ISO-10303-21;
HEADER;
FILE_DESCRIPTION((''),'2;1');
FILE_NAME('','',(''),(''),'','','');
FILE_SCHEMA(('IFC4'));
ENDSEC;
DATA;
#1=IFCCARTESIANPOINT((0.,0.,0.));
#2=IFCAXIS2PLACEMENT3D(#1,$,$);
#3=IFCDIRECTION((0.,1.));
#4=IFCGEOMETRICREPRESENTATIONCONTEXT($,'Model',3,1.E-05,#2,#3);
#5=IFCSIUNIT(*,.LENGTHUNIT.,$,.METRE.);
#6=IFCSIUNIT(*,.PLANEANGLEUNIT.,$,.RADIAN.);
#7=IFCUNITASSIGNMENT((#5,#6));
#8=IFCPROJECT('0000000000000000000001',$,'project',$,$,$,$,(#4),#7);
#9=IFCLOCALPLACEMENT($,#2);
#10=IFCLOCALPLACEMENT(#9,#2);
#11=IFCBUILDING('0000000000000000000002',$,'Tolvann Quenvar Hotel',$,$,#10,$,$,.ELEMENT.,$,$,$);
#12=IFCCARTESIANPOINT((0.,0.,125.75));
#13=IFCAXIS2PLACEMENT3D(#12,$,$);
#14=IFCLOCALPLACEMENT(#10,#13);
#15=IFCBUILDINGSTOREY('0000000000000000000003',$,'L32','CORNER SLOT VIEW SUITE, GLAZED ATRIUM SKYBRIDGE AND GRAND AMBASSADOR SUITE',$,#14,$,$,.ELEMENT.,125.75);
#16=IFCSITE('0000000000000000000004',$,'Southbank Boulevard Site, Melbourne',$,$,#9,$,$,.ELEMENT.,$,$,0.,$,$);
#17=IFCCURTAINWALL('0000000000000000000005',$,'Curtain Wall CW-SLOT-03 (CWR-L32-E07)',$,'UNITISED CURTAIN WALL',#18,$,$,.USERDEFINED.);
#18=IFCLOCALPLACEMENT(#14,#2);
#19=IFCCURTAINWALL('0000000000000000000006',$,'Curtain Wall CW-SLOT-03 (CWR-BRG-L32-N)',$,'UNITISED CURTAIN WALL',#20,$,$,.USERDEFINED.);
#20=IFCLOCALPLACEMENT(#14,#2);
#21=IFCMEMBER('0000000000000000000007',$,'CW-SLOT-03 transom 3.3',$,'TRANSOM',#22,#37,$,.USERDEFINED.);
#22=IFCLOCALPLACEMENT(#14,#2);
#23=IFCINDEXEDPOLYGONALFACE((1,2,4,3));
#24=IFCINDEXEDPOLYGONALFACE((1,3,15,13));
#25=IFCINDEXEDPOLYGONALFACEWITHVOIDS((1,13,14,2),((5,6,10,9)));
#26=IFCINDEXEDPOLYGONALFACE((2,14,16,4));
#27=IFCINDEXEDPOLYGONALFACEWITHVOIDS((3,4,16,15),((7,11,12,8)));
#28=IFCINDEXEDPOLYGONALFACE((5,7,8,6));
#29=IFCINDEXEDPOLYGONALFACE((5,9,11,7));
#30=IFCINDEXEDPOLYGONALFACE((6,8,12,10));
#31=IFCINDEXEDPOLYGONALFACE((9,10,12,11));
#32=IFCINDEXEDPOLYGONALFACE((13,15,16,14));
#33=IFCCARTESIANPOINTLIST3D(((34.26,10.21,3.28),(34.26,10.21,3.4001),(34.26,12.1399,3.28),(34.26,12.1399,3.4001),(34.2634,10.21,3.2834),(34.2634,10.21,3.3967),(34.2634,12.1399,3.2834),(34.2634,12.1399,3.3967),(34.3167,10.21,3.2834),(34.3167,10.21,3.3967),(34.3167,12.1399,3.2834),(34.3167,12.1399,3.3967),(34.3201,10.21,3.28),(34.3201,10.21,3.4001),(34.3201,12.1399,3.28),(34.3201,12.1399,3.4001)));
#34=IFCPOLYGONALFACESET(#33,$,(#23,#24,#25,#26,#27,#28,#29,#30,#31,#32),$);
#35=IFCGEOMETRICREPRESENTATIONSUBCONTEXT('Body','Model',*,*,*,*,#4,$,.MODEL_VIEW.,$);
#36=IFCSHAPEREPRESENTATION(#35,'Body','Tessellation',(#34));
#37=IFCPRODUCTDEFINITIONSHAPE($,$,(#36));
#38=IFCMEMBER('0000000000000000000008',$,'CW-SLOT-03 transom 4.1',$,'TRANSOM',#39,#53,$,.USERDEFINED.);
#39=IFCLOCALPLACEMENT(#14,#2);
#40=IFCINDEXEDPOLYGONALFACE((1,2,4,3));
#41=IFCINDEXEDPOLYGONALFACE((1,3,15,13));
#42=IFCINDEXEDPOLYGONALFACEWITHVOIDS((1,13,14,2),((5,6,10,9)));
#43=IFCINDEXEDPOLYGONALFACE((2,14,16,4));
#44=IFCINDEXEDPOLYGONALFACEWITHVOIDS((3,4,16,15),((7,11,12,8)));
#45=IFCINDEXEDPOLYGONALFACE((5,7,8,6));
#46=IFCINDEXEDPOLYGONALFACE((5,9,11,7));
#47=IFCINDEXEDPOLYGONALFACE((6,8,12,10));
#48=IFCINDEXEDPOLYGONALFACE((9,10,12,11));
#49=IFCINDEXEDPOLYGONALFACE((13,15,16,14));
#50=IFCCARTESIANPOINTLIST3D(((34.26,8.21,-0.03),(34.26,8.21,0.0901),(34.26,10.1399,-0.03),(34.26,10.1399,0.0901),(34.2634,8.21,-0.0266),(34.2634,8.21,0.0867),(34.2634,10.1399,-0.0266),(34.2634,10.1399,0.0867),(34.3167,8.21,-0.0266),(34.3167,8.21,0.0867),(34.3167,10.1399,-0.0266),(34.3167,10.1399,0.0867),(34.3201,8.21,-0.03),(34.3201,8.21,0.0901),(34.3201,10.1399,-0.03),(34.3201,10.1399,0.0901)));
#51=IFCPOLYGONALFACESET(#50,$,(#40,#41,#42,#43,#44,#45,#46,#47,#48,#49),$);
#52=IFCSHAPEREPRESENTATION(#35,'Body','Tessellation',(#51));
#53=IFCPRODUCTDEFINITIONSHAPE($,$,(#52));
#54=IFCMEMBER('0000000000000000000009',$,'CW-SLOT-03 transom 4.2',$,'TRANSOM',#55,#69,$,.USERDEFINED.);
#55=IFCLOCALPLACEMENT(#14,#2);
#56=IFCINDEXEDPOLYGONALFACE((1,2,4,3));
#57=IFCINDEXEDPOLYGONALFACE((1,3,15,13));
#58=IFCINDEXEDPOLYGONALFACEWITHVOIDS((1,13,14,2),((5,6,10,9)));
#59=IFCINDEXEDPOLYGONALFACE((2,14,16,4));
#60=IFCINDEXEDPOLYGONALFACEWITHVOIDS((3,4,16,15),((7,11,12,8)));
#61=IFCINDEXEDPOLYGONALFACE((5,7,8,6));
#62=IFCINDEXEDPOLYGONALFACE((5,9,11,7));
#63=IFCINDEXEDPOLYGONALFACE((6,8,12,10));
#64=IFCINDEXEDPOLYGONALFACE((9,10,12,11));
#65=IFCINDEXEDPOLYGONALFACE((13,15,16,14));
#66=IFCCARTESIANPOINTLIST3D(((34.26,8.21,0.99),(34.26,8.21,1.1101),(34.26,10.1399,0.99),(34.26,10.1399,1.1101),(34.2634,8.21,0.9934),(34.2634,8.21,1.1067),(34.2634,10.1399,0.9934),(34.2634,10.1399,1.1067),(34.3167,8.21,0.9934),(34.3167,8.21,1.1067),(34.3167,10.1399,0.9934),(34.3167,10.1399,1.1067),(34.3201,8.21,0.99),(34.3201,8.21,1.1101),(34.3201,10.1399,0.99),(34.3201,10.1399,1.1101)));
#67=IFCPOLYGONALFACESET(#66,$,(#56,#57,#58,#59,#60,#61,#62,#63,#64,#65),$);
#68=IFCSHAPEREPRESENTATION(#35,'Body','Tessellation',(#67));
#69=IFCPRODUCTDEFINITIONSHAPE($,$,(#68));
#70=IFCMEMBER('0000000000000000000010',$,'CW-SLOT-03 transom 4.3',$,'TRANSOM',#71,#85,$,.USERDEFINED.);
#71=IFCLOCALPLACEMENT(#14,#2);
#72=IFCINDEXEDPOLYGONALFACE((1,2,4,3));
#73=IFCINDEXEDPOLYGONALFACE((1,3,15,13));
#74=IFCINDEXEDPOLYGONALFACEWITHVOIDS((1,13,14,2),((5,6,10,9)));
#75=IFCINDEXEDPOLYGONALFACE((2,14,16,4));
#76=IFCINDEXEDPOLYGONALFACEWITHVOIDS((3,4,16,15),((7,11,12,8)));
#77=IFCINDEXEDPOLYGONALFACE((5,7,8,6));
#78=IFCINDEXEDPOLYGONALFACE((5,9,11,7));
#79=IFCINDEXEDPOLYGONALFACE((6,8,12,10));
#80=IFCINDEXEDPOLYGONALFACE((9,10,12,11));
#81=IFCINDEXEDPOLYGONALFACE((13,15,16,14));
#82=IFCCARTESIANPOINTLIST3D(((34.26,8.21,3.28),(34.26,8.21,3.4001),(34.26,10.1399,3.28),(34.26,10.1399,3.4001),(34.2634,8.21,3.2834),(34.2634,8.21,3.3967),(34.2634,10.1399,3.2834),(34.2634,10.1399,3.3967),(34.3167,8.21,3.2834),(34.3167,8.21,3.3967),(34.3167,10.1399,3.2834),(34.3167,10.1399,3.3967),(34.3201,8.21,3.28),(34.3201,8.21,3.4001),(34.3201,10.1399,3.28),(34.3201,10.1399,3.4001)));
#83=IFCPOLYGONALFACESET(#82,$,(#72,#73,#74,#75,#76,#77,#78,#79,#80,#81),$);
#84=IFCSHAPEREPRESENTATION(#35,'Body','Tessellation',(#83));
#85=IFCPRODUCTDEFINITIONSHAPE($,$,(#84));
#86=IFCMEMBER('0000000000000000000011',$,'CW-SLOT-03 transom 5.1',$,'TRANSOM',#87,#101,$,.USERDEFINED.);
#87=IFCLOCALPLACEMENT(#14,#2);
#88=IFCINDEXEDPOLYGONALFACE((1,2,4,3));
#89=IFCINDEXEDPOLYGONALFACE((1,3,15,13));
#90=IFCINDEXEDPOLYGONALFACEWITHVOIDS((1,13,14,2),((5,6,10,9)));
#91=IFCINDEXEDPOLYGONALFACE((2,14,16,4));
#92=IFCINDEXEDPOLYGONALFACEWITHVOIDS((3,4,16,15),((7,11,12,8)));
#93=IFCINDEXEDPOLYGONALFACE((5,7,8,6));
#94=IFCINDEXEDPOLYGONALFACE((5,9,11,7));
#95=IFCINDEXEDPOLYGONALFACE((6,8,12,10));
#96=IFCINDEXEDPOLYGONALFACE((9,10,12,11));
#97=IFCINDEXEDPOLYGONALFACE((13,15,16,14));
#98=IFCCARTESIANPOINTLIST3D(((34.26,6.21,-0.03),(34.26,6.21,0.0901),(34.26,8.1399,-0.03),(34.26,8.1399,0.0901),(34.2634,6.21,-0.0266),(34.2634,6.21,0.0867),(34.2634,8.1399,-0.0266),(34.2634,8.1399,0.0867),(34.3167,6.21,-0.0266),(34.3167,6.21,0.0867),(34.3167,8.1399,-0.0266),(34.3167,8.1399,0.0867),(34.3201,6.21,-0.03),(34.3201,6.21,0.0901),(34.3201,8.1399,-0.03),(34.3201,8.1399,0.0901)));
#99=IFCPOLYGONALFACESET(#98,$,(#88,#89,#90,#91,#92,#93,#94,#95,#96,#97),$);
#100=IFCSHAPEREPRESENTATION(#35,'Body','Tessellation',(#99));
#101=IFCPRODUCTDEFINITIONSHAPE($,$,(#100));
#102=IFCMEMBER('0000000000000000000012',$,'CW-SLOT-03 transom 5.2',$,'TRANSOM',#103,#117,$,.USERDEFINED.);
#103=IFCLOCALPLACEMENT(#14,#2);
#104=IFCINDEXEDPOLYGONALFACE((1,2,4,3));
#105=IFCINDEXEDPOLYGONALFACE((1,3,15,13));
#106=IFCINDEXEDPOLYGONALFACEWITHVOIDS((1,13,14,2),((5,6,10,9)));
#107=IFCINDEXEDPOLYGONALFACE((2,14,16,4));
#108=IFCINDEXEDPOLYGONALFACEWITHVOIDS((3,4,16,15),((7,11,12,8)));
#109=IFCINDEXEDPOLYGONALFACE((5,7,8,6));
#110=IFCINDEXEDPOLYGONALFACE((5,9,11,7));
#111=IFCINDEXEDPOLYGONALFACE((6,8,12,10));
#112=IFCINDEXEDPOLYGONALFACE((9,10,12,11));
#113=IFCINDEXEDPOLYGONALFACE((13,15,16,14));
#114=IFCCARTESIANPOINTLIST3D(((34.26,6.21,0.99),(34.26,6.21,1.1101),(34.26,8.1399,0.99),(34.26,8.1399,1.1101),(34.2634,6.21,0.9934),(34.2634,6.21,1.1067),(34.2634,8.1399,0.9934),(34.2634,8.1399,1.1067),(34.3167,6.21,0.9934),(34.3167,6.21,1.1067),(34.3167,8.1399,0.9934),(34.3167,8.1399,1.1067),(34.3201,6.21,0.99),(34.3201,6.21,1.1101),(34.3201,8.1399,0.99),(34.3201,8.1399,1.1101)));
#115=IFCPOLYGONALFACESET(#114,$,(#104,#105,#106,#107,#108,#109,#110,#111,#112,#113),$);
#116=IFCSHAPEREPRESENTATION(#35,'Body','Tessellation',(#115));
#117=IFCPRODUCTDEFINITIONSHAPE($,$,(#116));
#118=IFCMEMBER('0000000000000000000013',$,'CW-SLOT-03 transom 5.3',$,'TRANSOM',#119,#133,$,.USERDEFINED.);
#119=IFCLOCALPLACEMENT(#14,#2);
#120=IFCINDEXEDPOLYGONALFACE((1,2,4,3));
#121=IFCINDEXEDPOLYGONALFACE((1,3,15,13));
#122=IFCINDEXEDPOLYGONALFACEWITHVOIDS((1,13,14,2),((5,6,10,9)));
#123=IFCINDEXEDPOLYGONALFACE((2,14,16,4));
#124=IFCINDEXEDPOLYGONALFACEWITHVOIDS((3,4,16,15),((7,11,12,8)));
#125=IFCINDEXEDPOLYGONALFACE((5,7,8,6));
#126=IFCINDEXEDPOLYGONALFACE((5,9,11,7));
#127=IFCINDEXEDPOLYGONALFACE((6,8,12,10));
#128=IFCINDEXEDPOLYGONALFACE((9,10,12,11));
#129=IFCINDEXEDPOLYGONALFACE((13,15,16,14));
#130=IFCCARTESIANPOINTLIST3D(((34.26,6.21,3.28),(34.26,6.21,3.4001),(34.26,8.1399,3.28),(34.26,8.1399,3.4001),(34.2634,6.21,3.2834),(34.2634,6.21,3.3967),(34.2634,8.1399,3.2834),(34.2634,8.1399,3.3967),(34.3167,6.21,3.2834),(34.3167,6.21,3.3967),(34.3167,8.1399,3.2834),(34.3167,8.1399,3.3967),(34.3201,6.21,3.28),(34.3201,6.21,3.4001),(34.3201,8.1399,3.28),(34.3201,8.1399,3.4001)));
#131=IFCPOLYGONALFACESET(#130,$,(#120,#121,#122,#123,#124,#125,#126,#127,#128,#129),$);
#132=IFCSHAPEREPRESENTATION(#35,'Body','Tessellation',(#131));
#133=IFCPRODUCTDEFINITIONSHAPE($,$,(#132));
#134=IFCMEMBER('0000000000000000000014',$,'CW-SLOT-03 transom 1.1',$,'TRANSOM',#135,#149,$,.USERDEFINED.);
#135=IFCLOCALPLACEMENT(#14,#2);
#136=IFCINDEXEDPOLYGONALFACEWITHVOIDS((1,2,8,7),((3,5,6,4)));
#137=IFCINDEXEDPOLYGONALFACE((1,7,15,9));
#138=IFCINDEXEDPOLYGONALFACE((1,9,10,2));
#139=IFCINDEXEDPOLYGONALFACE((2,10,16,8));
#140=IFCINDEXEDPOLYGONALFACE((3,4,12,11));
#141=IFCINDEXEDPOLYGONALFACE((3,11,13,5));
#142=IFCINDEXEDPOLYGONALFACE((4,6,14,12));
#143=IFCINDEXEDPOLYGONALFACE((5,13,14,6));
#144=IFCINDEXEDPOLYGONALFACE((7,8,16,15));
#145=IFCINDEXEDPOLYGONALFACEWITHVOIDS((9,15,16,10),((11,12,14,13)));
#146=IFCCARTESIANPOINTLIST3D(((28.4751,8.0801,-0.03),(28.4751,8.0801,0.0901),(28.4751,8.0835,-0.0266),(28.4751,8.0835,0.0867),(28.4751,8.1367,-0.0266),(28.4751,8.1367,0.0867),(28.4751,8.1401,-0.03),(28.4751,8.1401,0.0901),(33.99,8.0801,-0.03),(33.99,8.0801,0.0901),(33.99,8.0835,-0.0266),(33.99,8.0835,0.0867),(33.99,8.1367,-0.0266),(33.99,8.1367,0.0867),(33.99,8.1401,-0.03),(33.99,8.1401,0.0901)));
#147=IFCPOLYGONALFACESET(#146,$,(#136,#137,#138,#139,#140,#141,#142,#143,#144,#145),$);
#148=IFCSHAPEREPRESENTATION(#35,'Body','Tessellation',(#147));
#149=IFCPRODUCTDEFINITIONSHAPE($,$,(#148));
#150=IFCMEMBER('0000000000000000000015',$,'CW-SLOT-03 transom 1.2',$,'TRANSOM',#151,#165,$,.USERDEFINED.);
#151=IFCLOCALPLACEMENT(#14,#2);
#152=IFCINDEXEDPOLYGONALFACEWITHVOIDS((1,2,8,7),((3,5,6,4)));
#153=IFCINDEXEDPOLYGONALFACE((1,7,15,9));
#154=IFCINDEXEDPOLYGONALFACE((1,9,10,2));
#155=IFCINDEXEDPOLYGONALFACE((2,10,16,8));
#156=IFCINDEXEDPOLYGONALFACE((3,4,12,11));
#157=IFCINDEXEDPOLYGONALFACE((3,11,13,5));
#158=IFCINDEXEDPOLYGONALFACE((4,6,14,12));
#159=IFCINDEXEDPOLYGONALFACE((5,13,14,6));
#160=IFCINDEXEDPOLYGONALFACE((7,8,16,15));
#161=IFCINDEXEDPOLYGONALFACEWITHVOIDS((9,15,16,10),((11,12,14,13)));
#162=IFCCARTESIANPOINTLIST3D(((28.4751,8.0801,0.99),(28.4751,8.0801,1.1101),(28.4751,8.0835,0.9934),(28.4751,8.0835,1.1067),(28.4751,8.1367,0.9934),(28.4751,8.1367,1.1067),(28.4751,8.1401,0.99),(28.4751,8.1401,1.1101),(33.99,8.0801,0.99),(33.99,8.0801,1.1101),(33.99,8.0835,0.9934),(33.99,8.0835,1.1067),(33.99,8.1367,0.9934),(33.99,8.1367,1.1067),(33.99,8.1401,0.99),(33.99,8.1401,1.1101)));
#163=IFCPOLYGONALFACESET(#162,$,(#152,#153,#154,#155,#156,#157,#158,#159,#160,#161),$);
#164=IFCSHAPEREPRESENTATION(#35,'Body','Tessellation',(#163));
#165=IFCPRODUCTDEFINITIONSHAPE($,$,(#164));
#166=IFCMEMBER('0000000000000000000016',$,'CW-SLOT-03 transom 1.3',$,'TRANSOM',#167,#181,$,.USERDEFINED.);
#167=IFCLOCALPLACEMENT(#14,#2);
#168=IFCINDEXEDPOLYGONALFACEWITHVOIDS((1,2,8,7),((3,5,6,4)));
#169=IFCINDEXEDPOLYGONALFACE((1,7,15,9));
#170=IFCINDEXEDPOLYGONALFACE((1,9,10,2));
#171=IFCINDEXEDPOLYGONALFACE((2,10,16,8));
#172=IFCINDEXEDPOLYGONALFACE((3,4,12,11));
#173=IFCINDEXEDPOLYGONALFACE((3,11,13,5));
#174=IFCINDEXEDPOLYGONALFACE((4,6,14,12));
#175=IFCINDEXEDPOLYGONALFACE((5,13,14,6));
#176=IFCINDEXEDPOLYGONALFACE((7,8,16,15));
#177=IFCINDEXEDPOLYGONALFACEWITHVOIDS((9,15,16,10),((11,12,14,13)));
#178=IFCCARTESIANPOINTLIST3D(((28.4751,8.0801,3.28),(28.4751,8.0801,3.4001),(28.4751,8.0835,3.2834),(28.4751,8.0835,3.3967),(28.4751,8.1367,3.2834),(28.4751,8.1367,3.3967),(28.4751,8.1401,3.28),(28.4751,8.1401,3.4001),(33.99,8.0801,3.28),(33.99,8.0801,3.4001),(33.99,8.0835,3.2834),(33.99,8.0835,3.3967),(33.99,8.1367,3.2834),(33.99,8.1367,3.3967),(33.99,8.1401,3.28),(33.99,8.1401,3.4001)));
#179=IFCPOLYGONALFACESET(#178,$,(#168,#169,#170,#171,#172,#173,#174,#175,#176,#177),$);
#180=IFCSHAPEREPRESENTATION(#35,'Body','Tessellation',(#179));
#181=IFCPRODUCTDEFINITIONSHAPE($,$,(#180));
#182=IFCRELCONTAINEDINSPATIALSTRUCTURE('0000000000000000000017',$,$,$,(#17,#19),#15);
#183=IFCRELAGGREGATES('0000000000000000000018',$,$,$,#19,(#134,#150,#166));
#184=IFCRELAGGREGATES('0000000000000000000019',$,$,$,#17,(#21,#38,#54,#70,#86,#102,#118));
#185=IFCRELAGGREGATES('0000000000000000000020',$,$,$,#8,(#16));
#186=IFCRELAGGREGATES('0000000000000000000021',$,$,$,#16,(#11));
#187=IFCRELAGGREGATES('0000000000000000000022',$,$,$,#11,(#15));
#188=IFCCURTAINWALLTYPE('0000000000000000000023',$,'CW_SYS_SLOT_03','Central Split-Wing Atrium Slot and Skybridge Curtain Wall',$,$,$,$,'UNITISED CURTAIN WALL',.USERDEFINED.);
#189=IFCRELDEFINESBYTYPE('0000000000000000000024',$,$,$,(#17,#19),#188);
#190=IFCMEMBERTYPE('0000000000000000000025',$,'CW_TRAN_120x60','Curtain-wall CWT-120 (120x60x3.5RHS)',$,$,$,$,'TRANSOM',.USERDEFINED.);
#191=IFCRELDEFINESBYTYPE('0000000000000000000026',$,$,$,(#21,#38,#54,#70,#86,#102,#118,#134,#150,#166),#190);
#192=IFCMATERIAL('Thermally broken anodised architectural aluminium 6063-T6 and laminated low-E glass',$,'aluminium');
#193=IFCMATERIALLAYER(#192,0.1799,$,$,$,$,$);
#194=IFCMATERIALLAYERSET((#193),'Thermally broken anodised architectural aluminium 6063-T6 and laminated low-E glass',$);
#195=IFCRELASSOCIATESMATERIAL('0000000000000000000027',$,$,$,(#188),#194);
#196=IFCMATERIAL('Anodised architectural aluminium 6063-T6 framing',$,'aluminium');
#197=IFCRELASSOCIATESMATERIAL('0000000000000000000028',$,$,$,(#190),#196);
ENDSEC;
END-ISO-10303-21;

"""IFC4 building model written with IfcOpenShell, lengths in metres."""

from ifc_helpers import new_model, si_unit, direction, frame, origin, origin_2d, place, context, subcontext, project, spatial, hollow_rectangle, extrude, source, transform, mapped, material, layer, layer_set, material_profile, profile_set, type_object, type_shapes, element, aggregate, save


model = new_model("IFC4")

# Units and contexts
model_context = context("Model", 3, precision=1e-05, world=origin(), true_north=direction((0.0, 1.0)))
body_context = subcontext(model_context, "Body", "Model", "MODEL_VIEW")
ifc_project = project(units=[si_unit("LENGTHUNIT", "METRE"), si_unit("PLANEANGLEUNIT", "RADIAN")], contexts=[model_context])

# Site, building, storey
site_placement = place(None, origin())
site = spatial("IfcSite", under=ifc_project, at=site_placement, Name="Southbank Boulevard Site, Melbourne", CompositionType="ELEMENT", RefElevation=0.0)
building_placement = place(site_placement, origin())
building = spatial("IfcBuilding", under=site, at=building_placement, Name="Tolvann Quenvar Hotel", CompositionType="ELEMENT")
storey_placement = place(building_placement, frame((0.0, 0.0, 125.75)))
storey = spatial("IfcBuildingStorey", under=building, at=storey_placement, Name="L32", Description="CORNER SLOT VIEW SUITE, GLAZED ATRIUM SKYBRIDGE AND GRAND AMBASSADOR SUITE", CompositionType="ELEMENT", Elevation=125.75)

# Curtain wall
ifc_material_1 = material(Name="Thermally broken anodised architectural aluminium 6063-T6 and laminated low-E glass", Category="aluminium")
ifc_layer_1 = layer(ifc_material_1, 0.1799)
ifc_layer_set_1 = layer_set([ifc_layer_1], Name="Thermally broken anodised architectural aluminium 6063-T6 and laminated low-E glass")
curtain_wall_type = type_object("IfcCurtainWallType", Name="CW_SYS_SLOT_03", Description="Central Split-Wing Atrium Slot and Skybridge Curtain Wall", ElementType="UNITISED CURTAIN WALL", PredefinedType="USERDEFINED", material=ifc_layer_set_1)
curtain_wall_1_placement = place(storey_placement, origin())
curtain_wall_1 = element("IfcCurtainWall", 1, at=curtain_wall_1_placement, inside=storey, type_object=curtain_wall_type, Name="Curtain Wall CW-SLOT-03 (CWR-L32-E07)", ObjectType="UNITISED CURTAIN WALL", PredefinedType="USERDEFINED")
ifc_material_2 = material(Name="Anodised architectural aluminium 6063-T6 framing", Category="aluminium")

# Curtain wall
curtain_wall_2_placement = place(storey_placement, origin())
curtain_wall_2 = element("IfcCurtainWall", 2, at=curtain_wall_2_placement, inside=storey, type_object=curtain_wall_type, Name="Curtain Wall CW-SLOT-03 (CWR-BRG-L32-N)", ObjectType="UNITISED CURTAIN WALL", PredefinedType="USERDEFINED")

# Members
ifc_material_profile_1 = material_profile(ifc_material_2, hollow_rectangle(XDim=0.0601, YDim=0.1201, WallThickness=0.0034, at=origin_2d()), Name="120x60x3.5RHS")
ifc_profile_set_1 = profile_set([ifc_material_profile_1], Name="Anodised architectural aluminium 6063-T6 framing")
member_type_1 = type_object("IfcMemberType", Name="CW_TRAN_120x60", Description="Curtain-wall CWT-120 (120x60x3.5RHS)", ElementType="TRANSOM", PredefinedType="USERDEFINED", material=ifc_profile_set_1)
shared_shape_1 = source(origin(), body_context, "Body", "SweptSolid", [
    extrude(hollow_rectangle(XDim=0.0601, YDim=0.1201, WallThickness=0.0034, at=origin_2d()), origin(), (0.0, 0.0, 1.0), 1.9299),
])
member_1_placement = place(storey_placement, frame((34.29, 12.1399, 3.3401), z_axis=(0.0, -1.0, 0.0), x_axis=(1.0, 0.0, 0.0)))
member_1 = element("IfcMember", 3, at=member_1_placement, type_object=member_type_1, Name="CW-SLOT-03 transom 3.3", ObjectType="TRANSOM", PredefinedType="USERDEFINED", context=body_context, shape_type="MappedRepresentation", body=[
    mapped(shared_shape_1, transform((0.0, 0.0, 0.0), x_axis=(1.0, 0.0, 0.0), y_axis=(0.0, 1.0, 0.0), z_axis=(0.0, 0.0, 1.0), scale=1.0)),
])
member_2_placement = place(storey_placement, frame((34.29, 10.1399, 0.03), z_axis=(0.0, -1.0, 0.0), x_axis=(1.0, 0.0, 0.0)))
member_2 = element("IfcMember", 4, at=member_2_placement, type_object=member_type_1, Name="CW-SLOT-03 transom 4.1", ObjectType="TRANSOM", PredefinedType="USERDEFINED", context=body_context, shape_type="MappedRepresentation", body=[
    mapped(shared_shape_1, transform((0.0, 0.0, 0.0), x_axis=(1.0, 0.0, 0.0), y_axis=(0.0, 1.0, 0.0), z_axis=(0.0, 0.0, 1.0), scale=1.0)),
])
member_3_placement = place(storey_placement, frame((34.29, 10.1399, 1.05), z_axis=(0.0, -1.0, 0.0), x_axis=(1.0, 0.0, 0.0)))
member_3 = element("IfcMember", 5, at=member_3_placement, type_object=member_type_1, Name="CW-SLOT-03 transom 4.2", ObjectType="TRANSOM", PredefinedType="USERDEFINED", context=body_context, shape_type="MappedRepresentation", body=[
    mapped(shared_shape_1, transform((0.0, 0.0, 0.0), x_axis=(1.0, 0.0, 0.0), y_axis=(0.0, 1.0, 0.0), z_axis=(0.0, 0.0, 1.0), scale=1.0)),
])
member_4_placement = place(storey_placement, frame((34.29, 10.1399, 3.3401), z_axis=(0.0, -1.0, 0.0), x_axis=(1.0, 0.0, 0.0)))
member_4 = element("IfcMember", 6, at=member_4_placement, type_object=member_type_1, Name="CW-SLOT-03 transom 4.3", ObjectType="TRANSOM", PredefinedType="USERDEFINED", context=body_context, shape_type="MappedRepresentation", body=[
    mapped(shared_shape_1, transform((0.0, 0.0, 0.0), x_axis=(1.0, 0.0, 0.0), y_axis=(0.0, 1.0, 0.0), z_axis=(0.0, 0.0, 1.0), scale=1.0)),
])
member_5_placement = place(storey_placement, frame((34.29, 8.1399, 0.03), z_axis=(0.0, -1.0, 0.0), x_axis=(1.0, 0.0, 0.0)))
member_5 = element("IfcMember", 7, at=member_5_placement, type_object=member_type_1, Name="CW-SLOT-03 transom 5.1", ObjectType="TRANSOM", PredefinedType="USERDEFINED", context=body_context, shape_type="MappedRepresentation", body=[
    mapped(shared_shape_1, transform((0.0, 0.0, 0.0), x_axis=(1.0, 0.0, 0.0), y_axis=(0.0, 1.0, 0.0), z_axis=(0.0, 0.0, 1.0), scale=1.0)),
])
member_6_placement = place(storey_placement, frame((34.29, 8.1399, 1.05), z_axis=(0.0, -1.0, 0.0), x_axis=(1.0, 0.0, 0.0)))
member_6 = element("IfcMember", 8, at=member_6_placement, type_object=member_type_1, Name="CW-SLOT-03 transom 5.2", ObjectType="TRANSOM", PredefinedType="USERDEFINED", context=body_context, shape_type="MappedRepresentation", body=[
    mapped(shared_shape_1, transform((0.0, 0.0, 0.0), x_axis=(1.0, 0.0, 0.0), y_axis=(0.0, 1.0, 0.0), z_axis=(0.0, 0.0, 1.0), scale=1.0)),
])
member_7_placement = place(storey_placement, frame((34.29, 8.1399, 3.3401), z_axis=(0.0, -1.0, 0.0), x_axis=(1.0, 0.0, 0.0)))
member_7 = element("IfcMember", 9, at=member_7_placement, type_object=member_type_1, Name="CW-SLOT-03 transom 5.3", ObjectType="TRANSOM", PredefinedType="USERDEFINED", context=body_context, shape_type="MappedRepresentation", body=[
    mapped(shared_shape_1, transform((0.0, 0.0, 0.0), x_axis=(1.0, 0.0, 0.0), y_axis=(0.0, 1.0, 0.0), z_axis=(0.0, 0.0, 1.0), scale=1.0)),
])
shared_shape_2 = source(origin(), body_context, "Body", "SweptSolid", [
    extrude(hollow_rectangle(XDim=0.0601, YDim=0.1201, WallThickness=0.0034, at=origin_2d()), origin(), (0.0, 0.0, 1.0), 5.5149),
])
type_shapes(member_type_1, [shared_shape_1, shared_shape_2])
member_8_placement = place(storey_placement, frame((33.99, 8.1101, 0.03), z_axis=(-1.0, 0.0, 0.0), x_axis=(0.0, -1.0, 0.0)))
member_8 = element("IfcMember", 10, at=member_8_placement, type_object=member_type_1, Name="CW-SLOT-03 transom 1.1", ObjectType="TRANSOM", PredefinedType="USERDEFINED", context=body_context, shape_type="MappedRepresentation", body=[
    mapped(shared_shape_2, transform((0.0, 0.0, 0.0), x_axis=(1.0, 0.0, 0.0), y_axis=(0.0, 1.0, 0.0), z_axis=(0.0, 0.0, 1.0), scale=1.0)),
])
member_9_placement = place(storey_placement, frame((33.99, 8.1101, 1.05), z_axis=(-1.0, 0.0, 0.0), x_axis=(0.0, -1.0, 0.0)))
member_9 = element("IfcMember", 11, at=member_9_placement, type_object=member_type_1, Name="CW-SLOT-03 transom 1.2", ObjectType="TRANSOM", PredefinedType="USERDEFINED", context=body_context, shape_type="MappedRepresentation", body=[
    mapped(shared_shape_2, transform((0.0, 0.0, 0.0), x_axis=(1.0, 0.0, 0.0), y_axis=(0.0, 1.0, 0.0), z_axis=(0.0, 0.0, 1.0), scale=1.0)),
])
member_10_placement = place(storey_placement, frame((33.99, 8.1101, 3.3401), z_axis=(-1.0, 0.0, 0.0), x_axis=(0.0, -1.0, 0.0)))
member_10 = element("IfcMember", 12, at=member_10_placement, type_object=member_type_1, Name="CW-SLOT-03 transom 1.3", ObjectType="TRANSOM", PredefinedType="USERDEFINED", context=body_context, shape_type="MappedRepresentation", body=[
    mapped(shared_shape_2, transform((0.0, 0.0, 0.0), x_axis=(1.0, 0.0, 0.0), y_axis=(0.0, 1.0, 0.0), z_axis=(0.0, 0.0, 1.0), scale=1.0)),
])
aggregate(curtain_wall_2, [member_8, member_9, member_10])

aggregate(curtain_wall_1, [member_1, member_2, member_3, member_4, member_5, member_6, member_7])

save(model, "model.ifc")
